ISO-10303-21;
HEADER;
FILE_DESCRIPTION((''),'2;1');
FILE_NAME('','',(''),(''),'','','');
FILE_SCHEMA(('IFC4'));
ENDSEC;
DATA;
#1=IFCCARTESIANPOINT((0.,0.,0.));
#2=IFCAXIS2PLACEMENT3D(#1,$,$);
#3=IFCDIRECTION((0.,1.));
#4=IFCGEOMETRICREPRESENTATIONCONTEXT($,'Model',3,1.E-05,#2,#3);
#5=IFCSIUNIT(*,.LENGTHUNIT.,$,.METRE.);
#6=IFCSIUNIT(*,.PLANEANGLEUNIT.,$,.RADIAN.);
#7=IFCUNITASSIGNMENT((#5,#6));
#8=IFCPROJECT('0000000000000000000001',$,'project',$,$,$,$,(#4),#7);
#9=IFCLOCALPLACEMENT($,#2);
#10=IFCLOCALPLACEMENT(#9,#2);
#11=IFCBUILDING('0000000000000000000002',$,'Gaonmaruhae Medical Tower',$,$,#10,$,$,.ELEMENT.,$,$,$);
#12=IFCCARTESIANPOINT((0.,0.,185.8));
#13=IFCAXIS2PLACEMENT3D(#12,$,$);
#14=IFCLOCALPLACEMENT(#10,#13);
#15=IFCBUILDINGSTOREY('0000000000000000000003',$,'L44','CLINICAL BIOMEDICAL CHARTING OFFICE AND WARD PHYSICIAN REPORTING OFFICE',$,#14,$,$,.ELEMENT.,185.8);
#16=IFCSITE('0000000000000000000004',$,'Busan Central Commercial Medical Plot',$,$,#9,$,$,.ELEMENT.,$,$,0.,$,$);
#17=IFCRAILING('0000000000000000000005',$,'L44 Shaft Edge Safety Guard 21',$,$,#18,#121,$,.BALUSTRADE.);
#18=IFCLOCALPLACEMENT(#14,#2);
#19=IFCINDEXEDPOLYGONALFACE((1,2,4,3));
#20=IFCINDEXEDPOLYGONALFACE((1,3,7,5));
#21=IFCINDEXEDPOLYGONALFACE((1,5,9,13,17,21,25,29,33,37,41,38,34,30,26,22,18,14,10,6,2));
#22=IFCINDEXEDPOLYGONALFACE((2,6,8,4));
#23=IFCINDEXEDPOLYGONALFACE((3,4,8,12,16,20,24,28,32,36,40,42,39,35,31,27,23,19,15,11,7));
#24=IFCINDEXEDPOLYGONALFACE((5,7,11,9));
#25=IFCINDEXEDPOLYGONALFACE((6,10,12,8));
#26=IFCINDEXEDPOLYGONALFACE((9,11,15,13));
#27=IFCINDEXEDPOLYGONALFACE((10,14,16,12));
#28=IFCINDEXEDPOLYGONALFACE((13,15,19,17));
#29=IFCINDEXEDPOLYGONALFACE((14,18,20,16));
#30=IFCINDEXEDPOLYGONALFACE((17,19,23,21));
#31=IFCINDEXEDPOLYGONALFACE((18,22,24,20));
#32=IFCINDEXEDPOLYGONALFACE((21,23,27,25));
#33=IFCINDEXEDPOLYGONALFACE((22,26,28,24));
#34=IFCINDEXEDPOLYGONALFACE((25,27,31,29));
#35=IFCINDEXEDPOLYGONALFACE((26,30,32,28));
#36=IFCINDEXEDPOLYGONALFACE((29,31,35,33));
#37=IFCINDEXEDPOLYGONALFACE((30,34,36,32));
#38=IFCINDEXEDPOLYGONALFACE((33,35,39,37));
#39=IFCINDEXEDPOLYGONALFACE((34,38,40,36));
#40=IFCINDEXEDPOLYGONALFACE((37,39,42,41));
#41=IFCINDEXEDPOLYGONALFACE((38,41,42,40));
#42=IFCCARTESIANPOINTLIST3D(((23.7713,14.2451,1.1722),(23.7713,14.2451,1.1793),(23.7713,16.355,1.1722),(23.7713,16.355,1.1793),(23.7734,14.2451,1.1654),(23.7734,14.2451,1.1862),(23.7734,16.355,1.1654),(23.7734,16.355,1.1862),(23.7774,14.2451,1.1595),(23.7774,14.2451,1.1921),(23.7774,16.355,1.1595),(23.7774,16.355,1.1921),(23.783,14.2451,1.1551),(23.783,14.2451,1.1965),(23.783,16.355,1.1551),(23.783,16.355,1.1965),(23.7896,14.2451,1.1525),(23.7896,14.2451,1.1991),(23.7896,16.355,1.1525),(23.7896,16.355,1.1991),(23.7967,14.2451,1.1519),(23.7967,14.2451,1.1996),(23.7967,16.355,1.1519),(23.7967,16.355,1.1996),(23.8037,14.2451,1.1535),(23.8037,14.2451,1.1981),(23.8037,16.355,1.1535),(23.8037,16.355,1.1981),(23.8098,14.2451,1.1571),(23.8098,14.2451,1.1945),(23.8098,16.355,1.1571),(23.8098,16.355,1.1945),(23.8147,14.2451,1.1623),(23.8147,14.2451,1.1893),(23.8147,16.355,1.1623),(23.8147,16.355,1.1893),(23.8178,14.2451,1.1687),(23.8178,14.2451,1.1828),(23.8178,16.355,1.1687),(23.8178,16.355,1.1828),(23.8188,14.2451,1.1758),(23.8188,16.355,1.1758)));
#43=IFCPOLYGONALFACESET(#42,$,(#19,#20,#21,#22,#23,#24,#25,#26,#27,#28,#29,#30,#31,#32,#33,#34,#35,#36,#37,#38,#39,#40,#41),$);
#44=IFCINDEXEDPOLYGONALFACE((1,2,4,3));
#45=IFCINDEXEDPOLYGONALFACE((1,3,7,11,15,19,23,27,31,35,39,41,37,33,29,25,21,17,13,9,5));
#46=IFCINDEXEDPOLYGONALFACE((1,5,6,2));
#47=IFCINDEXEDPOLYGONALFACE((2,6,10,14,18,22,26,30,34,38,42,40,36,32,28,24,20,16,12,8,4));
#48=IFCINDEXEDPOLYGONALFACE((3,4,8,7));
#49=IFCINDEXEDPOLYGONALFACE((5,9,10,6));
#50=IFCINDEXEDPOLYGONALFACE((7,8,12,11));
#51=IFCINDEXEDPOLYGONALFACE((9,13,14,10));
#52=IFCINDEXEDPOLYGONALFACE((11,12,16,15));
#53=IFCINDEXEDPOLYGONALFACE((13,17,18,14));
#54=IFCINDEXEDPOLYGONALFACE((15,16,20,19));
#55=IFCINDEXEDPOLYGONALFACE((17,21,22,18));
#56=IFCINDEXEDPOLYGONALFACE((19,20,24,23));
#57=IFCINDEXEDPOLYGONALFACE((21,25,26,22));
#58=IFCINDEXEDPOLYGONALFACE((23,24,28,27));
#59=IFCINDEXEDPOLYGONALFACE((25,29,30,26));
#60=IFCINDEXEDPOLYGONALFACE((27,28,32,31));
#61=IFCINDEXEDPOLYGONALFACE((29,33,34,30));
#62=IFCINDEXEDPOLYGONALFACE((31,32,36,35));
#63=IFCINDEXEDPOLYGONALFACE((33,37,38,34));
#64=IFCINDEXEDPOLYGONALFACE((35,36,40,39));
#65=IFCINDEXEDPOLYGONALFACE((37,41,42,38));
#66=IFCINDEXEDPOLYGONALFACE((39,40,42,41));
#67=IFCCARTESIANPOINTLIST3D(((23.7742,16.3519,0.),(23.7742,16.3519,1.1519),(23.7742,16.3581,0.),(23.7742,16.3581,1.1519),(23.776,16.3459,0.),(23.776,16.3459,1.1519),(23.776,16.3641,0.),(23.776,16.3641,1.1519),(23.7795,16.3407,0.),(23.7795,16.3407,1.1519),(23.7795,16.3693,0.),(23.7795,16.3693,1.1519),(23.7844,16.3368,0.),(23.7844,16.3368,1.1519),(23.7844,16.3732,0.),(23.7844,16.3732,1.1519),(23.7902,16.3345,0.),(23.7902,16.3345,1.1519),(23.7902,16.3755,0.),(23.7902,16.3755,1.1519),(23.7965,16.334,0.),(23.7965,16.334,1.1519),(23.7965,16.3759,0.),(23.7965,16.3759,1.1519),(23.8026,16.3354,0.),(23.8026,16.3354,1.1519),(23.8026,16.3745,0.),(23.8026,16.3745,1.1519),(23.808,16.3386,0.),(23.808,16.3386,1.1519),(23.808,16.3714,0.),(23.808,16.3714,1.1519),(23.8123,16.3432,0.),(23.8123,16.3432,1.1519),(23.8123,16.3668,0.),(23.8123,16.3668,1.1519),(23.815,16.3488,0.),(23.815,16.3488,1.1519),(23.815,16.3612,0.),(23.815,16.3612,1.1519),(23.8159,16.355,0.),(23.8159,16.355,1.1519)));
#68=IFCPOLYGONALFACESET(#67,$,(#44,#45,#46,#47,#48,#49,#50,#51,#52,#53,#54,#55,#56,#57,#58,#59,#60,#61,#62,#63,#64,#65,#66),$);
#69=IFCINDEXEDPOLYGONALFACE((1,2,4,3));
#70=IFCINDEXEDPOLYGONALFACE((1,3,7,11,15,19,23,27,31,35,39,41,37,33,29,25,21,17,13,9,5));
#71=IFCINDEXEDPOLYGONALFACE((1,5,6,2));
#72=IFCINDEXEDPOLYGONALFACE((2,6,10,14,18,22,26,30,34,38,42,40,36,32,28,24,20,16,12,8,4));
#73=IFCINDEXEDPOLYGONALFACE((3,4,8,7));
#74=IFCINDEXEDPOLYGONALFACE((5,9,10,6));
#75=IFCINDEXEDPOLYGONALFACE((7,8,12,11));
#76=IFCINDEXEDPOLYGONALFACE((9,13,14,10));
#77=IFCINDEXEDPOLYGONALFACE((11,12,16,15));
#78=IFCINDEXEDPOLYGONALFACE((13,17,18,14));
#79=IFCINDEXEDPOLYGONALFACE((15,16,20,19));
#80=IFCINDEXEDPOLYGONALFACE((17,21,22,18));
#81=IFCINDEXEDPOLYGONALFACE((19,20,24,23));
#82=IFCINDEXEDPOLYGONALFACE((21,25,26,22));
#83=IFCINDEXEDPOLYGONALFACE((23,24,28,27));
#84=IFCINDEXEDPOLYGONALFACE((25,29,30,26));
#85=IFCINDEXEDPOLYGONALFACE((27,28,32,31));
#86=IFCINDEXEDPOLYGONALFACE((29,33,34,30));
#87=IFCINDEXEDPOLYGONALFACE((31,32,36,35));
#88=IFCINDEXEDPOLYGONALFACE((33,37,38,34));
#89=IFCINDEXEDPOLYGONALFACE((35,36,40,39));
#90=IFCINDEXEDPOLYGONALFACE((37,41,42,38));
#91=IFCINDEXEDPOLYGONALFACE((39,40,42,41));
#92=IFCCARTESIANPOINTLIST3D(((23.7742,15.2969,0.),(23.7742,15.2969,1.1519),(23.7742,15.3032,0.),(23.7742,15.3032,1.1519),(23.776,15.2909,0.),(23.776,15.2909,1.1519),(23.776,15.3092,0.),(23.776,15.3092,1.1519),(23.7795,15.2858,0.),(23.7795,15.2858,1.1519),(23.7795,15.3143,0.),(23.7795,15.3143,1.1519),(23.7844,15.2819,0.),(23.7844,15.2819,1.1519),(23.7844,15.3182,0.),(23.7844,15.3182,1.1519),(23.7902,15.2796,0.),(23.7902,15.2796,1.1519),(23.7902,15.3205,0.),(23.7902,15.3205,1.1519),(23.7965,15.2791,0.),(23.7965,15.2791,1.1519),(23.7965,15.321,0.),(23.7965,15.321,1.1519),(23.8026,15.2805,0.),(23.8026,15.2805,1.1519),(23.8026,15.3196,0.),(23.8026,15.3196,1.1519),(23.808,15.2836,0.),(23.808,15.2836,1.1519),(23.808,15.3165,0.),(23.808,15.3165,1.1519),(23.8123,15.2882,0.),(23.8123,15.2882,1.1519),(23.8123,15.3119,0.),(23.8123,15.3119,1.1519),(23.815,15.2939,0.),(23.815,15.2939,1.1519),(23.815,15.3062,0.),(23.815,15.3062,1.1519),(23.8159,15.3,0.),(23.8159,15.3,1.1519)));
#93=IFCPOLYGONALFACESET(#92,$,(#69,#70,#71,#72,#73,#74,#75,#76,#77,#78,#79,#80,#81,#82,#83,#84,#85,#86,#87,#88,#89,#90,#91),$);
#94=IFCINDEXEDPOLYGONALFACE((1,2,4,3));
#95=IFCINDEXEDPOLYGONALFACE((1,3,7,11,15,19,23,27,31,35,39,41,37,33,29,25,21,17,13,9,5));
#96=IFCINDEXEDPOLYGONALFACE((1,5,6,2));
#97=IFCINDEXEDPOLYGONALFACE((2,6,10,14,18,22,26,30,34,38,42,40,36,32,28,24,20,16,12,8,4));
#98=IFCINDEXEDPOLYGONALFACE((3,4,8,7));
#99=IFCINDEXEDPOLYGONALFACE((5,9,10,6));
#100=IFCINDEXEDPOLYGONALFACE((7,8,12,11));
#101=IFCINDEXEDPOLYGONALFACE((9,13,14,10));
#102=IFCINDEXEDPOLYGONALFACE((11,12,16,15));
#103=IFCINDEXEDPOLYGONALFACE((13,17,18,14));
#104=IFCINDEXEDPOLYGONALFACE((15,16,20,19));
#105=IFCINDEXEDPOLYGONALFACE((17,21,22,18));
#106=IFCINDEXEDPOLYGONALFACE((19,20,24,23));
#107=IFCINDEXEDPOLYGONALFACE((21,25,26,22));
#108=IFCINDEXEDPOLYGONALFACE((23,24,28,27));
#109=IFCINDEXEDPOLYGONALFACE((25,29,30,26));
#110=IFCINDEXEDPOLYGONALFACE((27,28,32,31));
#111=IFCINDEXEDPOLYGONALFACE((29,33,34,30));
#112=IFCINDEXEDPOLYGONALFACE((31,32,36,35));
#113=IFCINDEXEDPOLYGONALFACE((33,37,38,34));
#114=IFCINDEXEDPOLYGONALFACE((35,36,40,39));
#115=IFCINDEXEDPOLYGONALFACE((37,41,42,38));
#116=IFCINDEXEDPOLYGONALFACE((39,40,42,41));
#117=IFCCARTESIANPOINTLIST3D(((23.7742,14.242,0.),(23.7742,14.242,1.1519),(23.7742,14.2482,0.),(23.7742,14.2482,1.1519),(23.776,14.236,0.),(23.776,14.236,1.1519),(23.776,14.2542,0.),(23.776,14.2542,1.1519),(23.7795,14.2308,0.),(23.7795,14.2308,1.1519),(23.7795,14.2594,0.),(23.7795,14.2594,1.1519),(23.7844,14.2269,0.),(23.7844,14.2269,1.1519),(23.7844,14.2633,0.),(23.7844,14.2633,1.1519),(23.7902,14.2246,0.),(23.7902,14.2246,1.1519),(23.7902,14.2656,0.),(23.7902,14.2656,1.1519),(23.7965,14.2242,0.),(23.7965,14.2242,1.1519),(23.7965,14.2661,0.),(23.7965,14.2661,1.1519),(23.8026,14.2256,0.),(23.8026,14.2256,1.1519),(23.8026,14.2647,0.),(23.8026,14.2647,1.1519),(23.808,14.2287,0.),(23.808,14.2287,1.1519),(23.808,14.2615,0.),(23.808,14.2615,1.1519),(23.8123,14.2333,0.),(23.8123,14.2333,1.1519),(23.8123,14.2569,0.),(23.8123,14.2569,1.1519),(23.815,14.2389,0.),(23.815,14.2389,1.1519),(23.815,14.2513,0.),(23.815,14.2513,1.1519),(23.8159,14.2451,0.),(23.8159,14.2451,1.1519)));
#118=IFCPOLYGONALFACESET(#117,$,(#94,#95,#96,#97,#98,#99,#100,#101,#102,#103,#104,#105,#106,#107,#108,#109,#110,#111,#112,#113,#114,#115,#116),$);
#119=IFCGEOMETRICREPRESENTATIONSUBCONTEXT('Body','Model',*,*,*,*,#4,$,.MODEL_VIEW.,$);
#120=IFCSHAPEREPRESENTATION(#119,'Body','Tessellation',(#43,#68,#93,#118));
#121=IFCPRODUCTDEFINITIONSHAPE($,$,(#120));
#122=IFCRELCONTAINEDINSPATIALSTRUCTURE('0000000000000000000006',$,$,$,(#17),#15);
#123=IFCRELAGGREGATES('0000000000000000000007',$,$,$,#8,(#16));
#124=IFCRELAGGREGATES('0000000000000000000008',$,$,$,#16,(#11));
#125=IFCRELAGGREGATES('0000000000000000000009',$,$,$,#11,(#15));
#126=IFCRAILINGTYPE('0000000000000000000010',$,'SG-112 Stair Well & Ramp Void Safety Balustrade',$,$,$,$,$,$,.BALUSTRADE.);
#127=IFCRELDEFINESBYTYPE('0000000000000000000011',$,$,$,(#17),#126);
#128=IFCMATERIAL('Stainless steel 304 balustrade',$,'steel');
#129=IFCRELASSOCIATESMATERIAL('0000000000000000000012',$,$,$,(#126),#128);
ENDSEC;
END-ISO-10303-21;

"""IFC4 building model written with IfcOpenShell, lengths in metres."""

from ifc_helpers import new_model, si_unit, direction, frame, origin, origin_2d, place, context, subcontext, project, spatial, circle, extrude, material, type_object, element, save


model = new_model("IFC4")

# Units and contexts
model_context = context("Model", 3, precision=1e-05, world=origin(), true_north=direction((0.0, 1.0)))
body_context = subcontext(model_context, "Body", "Model", "MODEL_VIEW")
ifc_project = project(units=[si_unit("LENGTHUNIT", "METRE"), si_unit("PLANEANGLEUNIT", "RADIAN")], contexts=[model_context])

# Site, building, storey
site_placement = place(None, origin())
site = spatial("IfcSite", under=ifc_project, at=site_placement, Name="Busan Central Commercial Medical Plot", CompositionType="ELEMENT", RefElevation=0.0)
building_placement = place(site_placement, origin())
building = spatial("IfcBuilding", under=site, at=building_placement, Name="Gaonmaruhae Medical Tower", CompositionType="ELEMENT")
storey_placement = place(building_placement, frame((0.0, 0.0, 185.8)))
storey = spatial("IfcBuildingStorey", under=building, at=storey_placement, Name="L44", Description="CLINICAL BIOMEDICAL CHARTING OFFICE AND WARD PHYSICIAN REPORTING OFFICE", CompositionType="ELEMENT", Elevation=185.8)

# Railing
ifc_material_1 = material(Name="Stainless steel 304 balustrade", Category="steel")
railing_type_1 = type_object("IfcRailingType", Name="SG-112 Stair Well & Ramp Void Safety Balustrade", PredefinedType="BALUSTRADE", material=ifc_material_1)
railing_1_placement = place(storey_placement, frame((23.7949, 16.355, 0.0)))
element("IfcRailing", 1, at=railing_1_placement, inside=storey, type_object=railing_type_1, Name="L44 Shaft Edge Safety Guard 21", PredefinedType="BALUSTRADE", context=body_context, shape_type="SweptSolid", body=[
    extrude(circle(Radius=0.0239, at=origin_2d()), frame((0.0, 0.0, 1.1758), z_axis=(0.0, -1.0, 0.0), x_axis=(1.0, 0.0, 0.0)), (0.0, 0.0, 1.0), 2.1099),
    extrude(circle(Radius=0.021, at=origin_2d()), origin(), (0.0, 0.0, 1.0), 1.1519),
    extrude(circle(Radius=0.021, at=origin_2d()), frame((0.0, -1.0549, 0.0)), (0.0, 0.0, 1.0), 1.1519),
    extrude(circle(Radius=0.021, at=origin_2d()), frame((0.0, -2.1099, 0.0)), (0.0, 0.0, 1.0), 1.1519),
])

save(model, "model.ifc")
